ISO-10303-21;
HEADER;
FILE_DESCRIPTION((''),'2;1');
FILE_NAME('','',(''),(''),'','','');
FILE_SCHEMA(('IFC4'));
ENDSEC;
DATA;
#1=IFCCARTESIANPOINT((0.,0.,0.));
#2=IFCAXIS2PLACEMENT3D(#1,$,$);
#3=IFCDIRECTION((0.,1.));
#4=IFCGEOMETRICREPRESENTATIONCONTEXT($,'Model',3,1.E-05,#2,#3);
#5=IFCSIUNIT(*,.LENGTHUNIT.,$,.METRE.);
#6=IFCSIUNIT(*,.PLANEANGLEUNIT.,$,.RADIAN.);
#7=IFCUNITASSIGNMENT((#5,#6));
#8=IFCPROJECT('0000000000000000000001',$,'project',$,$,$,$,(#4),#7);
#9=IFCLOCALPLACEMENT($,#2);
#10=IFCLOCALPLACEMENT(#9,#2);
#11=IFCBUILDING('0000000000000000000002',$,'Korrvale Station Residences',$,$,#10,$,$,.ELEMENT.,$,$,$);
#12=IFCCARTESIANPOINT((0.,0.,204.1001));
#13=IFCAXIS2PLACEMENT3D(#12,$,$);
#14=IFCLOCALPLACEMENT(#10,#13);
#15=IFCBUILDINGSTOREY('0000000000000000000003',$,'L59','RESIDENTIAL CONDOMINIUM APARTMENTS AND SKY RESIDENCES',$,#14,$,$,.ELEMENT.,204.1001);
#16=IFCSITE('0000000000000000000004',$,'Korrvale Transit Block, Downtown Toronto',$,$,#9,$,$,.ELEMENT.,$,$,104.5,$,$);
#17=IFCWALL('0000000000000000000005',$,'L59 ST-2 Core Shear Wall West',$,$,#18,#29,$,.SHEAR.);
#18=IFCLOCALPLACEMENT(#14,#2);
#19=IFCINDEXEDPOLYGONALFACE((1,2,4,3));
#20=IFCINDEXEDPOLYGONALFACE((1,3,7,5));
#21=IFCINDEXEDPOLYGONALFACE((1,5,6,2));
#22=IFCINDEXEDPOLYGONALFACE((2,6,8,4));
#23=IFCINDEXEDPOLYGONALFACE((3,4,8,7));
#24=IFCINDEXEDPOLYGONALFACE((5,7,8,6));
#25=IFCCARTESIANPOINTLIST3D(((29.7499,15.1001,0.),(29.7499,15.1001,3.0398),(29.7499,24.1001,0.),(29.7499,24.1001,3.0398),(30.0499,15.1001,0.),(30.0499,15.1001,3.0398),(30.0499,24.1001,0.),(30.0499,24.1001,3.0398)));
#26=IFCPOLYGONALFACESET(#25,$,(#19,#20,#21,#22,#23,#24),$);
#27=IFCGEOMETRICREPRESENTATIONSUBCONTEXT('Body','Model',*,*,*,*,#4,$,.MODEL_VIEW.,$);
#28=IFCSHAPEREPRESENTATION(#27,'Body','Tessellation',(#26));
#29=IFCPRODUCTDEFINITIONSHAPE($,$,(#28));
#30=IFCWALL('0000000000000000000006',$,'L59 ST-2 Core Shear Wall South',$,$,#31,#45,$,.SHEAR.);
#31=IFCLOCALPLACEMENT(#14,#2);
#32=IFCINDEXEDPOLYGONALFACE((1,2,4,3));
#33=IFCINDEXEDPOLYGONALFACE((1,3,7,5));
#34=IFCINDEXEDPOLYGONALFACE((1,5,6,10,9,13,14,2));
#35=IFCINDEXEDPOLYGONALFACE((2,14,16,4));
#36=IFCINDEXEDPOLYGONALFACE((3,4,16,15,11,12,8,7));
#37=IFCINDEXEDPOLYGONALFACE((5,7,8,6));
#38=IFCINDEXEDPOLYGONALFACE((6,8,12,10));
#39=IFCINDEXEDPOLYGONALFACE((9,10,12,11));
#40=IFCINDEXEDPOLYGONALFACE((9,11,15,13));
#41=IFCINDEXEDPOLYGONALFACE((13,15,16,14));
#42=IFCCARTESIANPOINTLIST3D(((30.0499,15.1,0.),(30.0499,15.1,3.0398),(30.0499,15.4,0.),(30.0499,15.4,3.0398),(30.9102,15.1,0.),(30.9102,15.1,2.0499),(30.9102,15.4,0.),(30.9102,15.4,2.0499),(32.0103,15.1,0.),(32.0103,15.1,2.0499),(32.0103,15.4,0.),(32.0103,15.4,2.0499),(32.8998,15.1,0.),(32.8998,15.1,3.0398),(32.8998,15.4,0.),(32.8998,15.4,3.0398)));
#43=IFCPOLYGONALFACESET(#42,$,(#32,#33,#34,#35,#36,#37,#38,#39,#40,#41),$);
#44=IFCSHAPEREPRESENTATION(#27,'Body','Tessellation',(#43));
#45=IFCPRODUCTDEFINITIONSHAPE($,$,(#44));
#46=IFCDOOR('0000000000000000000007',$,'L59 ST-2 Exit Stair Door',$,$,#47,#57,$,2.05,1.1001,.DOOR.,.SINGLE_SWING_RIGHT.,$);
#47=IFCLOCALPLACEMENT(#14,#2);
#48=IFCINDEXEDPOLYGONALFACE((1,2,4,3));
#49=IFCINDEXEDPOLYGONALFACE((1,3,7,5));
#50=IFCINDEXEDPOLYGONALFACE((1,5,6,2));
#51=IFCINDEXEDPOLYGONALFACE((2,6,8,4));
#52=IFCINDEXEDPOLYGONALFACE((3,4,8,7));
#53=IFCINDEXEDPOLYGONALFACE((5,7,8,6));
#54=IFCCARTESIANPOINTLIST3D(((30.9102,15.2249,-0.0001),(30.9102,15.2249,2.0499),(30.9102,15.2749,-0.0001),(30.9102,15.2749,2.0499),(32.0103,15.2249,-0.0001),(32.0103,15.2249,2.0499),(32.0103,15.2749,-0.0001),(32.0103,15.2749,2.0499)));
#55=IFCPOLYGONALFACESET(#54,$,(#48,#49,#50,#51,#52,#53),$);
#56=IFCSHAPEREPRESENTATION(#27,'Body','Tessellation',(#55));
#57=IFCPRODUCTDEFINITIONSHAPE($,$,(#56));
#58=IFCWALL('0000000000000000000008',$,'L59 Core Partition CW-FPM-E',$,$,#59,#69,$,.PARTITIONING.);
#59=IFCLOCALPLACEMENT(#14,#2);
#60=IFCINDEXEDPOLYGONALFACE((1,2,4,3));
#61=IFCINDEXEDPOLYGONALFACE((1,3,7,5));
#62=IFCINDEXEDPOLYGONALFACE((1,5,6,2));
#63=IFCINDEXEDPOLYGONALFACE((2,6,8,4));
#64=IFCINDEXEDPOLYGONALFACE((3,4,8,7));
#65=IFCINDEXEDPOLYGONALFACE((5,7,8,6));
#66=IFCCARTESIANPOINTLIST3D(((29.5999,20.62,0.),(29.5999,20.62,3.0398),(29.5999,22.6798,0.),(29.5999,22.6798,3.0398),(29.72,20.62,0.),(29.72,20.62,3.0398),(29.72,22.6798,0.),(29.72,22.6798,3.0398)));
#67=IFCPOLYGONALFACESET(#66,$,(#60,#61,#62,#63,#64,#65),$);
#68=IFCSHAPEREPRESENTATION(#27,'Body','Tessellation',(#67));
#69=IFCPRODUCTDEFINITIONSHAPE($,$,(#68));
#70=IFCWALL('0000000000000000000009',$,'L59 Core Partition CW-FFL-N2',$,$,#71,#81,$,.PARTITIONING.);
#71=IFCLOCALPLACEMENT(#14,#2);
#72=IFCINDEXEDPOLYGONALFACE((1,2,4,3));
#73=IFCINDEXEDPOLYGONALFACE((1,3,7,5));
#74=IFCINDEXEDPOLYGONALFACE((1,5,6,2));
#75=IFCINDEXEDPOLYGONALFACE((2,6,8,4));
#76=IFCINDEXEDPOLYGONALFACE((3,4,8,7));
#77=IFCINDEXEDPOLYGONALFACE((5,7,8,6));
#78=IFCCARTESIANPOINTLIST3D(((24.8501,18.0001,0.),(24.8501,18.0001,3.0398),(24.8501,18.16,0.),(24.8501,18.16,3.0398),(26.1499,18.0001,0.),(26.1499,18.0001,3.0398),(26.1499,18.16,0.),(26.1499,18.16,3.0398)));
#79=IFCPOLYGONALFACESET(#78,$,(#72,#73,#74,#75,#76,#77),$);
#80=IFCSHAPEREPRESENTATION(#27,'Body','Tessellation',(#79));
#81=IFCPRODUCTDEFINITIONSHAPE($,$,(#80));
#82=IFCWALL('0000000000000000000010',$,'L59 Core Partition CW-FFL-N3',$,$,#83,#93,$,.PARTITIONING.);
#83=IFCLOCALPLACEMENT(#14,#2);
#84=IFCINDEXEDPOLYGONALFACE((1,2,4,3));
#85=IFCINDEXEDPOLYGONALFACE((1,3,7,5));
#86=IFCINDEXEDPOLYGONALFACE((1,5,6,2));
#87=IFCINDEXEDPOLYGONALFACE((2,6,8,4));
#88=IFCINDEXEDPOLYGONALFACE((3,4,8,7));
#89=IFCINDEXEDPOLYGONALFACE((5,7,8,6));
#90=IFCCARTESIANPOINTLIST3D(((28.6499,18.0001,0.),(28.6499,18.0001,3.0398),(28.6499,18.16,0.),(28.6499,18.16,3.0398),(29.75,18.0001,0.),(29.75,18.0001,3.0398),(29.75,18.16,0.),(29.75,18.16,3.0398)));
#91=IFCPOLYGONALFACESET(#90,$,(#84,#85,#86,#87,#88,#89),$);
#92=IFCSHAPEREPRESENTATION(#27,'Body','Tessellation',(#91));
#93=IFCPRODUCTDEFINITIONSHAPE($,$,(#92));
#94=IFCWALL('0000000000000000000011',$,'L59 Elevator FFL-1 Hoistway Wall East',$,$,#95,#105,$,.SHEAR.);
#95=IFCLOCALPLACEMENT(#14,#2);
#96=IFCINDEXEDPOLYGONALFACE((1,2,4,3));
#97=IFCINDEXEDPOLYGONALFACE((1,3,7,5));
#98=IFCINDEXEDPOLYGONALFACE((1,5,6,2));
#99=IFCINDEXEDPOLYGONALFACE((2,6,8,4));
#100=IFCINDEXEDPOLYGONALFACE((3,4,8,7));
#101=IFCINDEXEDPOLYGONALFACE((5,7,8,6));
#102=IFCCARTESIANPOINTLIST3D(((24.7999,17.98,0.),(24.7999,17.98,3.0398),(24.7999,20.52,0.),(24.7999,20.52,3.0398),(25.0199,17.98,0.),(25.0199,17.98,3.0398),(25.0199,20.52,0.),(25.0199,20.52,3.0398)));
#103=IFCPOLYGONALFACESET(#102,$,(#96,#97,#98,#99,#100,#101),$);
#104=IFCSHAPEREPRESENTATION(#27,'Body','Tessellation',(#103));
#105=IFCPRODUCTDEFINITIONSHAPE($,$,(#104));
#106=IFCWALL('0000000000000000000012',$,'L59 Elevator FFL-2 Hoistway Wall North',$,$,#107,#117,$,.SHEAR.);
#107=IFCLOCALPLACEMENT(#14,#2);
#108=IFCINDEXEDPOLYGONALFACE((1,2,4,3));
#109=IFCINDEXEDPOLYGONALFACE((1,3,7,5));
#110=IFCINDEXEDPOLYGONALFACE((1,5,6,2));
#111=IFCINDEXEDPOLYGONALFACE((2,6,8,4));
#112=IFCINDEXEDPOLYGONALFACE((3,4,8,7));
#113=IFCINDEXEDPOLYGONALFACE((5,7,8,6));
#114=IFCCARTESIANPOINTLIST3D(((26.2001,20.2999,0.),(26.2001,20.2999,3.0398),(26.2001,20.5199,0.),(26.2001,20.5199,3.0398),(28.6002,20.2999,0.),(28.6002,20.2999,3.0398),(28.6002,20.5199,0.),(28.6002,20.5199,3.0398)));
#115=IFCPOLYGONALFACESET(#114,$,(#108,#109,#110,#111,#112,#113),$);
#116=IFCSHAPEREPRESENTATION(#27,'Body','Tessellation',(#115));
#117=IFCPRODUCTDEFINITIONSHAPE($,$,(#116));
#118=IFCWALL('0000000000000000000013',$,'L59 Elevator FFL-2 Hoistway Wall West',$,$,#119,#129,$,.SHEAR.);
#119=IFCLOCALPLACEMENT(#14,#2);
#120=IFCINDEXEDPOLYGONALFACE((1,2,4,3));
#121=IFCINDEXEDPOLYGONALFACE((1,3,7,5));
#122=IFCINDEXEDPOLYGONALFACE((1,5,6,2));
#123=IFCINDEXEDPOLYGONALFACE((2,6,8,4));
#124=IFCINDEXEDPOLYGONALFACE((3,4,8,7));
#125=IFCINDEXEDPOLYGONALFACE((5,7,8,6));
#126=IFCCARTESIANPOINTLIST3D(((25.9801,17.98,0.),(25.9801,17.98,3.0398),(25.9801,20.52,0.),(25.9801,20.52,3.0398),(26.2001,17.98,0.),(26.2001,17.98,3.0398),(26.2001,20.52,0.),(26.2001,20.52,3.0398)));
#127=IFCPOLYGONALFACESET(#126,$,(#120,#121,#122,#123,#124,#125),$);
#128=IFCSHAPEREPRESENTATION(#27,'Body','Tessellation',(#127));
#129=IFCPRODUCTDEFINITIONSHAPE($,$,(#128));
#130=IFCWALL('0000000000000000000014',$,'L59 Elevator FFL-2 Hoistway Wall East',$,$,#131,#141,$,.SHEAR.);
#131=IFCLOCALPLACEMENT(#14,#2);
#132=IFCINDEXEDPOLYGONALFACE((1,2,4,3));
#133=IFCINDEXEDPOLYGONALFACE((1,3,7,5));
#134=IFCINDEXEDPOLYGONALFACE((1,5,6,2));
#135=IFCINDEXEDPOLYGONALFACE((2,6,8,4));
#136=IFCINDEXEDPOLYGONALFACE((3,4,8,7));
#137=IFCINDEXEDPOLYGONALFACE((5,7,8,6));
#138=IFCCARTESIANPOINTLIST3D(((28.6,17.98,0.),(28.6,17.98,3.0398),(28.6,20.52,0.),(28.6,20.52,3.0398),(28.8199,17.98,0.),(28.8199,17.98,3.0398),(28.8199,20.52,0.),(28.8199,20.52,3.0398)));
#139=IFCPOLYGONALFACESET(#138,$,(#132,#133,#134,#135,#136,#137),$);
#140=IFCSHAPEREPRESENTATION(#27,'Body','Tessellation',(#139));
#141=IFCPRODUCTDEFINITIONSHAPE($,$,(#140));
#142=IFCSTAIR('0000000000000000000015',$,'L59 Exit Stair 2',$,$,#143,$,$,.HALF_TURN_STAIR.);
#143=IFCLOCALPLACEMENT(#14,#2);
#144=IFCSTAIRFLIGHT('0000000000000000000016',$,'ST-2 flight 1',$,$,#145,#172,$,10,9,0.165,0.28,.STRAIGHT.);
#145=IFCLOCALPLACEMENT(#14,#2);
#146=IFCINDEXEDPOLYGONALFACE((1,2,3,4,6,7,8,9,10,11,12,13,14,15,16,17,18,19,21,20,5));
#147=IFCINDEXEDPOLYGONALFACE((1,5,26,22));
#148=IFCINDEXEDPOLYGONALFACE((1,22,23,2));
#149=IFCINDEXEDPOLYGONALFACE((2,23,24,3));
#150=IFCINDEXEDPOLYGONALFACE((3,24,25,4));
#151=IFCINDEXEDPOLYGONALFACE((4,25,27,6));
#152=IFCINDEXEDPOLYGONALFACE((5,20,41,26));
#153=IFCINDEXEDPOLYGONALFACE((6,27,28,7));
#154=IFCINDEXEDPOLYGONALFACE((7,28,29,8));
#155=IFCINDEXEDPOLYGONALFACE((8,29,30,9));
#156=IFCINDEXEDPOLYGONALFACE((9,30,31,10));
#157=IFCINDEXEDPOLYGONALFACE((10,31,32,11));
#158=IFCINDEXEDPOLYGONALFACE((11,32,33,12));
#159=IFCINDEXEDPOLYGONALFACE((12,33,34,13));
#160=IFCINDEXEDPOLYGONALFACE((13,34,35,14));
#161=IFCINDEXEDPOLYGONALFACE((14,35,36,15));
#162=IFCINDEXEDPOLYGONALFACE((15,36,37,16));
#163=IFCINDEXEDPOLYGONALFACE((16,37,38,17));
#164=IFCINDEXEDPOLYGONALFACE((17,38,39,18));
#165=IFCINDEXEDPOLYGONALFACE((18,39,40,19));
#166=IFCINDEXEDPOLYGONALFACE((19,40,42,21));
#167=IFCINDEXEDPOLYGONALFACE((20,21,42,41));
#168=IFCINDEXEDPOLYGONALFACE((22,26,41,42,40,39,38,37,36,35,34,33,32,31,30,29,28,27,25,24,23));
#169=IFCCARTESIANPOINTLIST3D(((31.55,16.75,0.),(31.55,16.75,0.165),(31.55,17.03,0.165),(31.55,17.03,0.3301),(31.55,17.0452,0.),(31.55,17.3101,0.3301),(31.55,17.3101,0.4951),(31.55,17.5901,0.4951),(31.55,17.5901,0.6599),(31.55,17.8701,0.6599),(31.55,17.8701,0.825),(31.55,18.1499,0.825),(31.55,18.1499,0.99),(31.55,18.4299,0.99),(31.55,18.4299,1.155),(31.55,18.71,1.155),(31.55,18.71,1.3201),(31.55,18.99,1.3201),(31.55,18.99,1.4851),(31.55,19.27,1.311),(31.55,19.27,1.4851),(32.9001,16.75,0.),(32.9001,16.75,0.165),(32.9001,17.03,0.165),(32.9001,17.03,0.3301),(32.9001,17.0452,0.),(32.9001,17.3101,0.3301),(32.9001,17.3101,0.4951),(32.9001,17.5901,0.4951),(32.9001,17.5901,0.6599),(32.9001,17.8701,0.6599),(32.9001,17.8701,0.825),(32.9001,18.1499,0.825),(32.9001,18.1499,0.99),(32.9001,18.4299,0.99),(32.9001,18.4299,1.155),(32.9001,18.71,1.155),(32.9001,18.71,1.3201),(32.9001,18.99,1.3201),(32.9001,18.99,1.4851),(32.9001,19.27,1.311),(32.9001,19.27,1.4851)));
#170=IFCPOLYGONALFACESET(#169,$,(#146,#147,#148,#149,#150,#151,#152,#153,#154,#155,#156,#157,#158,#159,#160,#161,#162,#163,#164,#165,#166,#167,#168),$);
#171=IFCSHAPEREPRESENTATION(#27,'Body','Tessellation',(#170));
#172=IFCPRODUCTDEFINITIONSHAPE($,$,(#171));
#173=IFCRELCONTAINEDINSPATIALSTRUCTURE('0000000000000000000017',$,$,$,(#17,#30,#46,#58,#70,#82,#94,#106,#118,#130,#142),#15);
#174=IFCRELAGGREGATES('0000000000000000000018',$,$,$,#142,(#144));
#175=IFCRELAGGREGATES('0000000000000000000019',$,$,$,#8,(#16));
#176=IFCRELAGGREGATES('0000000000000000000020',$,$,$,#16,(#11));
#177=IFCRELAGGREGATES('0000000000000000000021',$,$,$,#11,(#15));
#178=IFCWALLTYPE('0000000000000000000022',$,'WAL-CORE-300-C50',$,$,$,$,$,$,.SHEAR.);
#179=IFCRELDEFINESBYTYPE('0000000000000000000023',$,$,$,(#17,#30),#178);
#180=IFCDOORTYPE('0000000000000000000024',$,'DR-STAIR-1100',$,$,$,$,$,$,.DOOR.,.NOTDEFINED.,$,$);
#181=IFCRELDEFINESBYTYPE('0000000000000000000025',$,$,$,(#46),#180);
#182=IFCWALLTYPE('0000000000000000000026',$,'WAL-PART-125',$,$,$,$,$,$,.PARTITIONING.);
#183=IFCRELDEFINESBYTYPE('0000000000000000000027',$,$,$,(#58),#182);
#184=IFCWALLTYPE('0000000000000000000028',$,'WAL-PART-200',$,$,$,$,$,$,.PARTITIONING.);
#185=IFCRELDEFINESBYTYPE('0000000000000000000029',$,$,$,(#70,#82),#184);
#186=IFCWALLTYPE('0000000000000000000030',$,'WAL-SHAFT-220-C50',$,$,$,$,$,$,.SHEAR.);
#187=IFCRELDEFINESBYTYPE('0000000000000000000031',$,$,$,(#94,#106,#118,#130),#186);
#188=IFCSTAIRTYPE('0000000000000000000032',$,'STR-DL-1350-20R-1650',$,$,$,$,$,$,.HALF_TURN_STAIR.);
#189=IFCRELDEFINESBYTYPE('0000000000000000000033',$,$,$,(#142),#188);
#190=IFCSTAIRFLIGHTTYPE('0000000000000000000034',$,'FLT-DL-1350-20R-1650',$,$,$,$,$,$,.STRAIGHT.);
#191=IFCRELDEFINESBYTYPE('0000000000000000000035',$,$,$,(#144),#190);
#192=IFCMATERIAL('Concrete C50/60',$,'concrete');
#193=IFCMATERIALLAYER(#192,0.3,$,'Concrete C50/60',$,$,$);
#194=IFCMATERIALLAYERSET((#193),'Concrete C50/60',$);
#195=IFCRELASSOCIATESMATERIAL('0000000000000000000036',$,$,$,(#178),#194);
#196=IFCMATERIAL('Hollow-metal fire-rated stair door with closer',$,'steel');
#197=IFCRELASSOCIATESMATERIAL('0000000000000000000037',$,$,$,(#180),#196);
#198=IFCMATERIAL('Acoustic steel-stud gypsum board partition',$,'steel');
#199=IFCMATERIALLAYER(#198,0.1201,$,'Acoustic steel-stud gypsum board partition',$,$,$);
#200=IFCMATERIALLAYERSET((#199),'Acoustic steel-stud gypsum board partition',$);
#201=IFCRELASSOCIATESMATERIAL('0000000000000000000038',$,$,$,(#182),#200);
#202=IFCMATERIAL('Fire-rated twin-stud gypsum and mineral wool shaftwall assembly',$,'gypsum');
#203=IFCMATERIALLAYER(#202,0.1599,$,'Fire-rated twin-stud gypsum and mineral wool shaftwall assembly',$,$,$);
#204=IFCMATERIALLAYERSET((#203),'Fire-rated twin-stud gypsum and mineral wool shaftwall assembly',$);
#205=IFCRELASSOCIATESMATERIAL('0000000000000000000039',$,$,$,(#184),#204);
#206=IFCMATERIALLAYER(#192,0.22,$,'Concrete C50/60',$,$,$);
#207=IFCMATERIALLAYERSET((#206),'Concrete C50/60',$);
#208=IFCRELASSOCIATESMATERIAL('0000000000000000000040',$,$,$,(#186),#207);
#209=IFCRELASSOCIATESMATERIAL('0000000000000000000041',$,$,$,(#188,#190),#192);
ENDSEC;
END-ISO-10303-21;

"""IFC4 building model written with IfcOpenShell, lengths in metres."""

from ifc_helpers import new_model, si_unit, direction, frame, frame_2d, origin, place, context, subcontext, project, spatial, polyline, rectangle, outline, extrude, material, layer, layer_set, type_object, element, fill, aggregate, save


model = new_model("IFC4")

# Units and contexts
model_context = context("Model", 3, precision=1e-05, world=origin(), true_north=direction((0.0, 1.0)))
body_context = subcontext(model_context, "Body", "Model", "MODEL_VIEW")
ifc_project = project(units=[si_unit("LENGTHUNIT", "METRE"), si_unit("PLANEANGLEUNIT", "RADIAN")], contexts=[model_context])

# Site, building, storey
site_placement = place(None, origin())
site = spatial("IfcSite", under=ifc_project, at=site_placement, Name="Korrvale Transit Block, Downtown Toronto", CompositionType="ELEMENT", RefElevation=104.5)
building_placement = place(site_placement, origin())
building = spatial("IfcBuilding", under=site, at=building_placement, Name="Korrvale Station Residences", CompositionType="ELEMENT")
storey_placement = place(building_placement, frame((0.0, 0.0, 204.1001)))
storey = spatial("IfcBuildingStorey", under=building, at=storey_placement, Name="L59", Description="RESIDENTIAL CONDOMINIUM APARTMENTS AND SKY RESIDENCES", CompositionType="ELEMENT", Elevation=204.1001)

# Wall
ifc_material_1 = material(Name="Concrete C50/60", Category="concrete")
ifc_layer_1 = layer(ifc_material_1, 0.3, Name="Concrete C50/60")
ifc_layer_set_1 = layer_set([ifc_layer_1], Name="Concrete C50/60")
wall_type_1 = type_object("IfcWallType", Name="WAL-CORE-300-C50", PredefinedType="SHEAR", material=ifc_layer_set_1)
wall_1_placement = place(storey_placement, frame((29.8999, 15.1001, 0.0), z_axis=(0.0, 0.0, 1.0), x_axis=(0.0, 1.0, 0.0)))
element("IfcWall", 1, at=wall_1_placement, inside=storey, type_object=wall_type_1, Name="L59 ST-2 Core Shear Wall West", PredefinedType="SHEAR", context=body_context, shape_type="SweptSolid", body=[
    extrude(rectangle(XDim=9.0, YDim=0.3, at=frame_2d((4.5, 0.0))), origin(), (0.0, 0.0, 1.0), 3.0398),
])

# Wall, opening, door
wall_2_placement = place(storey_placement, frame((30.05, 15.25, 0.0), z_axis=(0.0, 0.0, 1.0), x_axis=(1.0, 0.0, 0.0)))
wall_2 = element("IfcWall", 2, at=wall_2_placement, inside=storey, type_object=wall_type_1, Name="L59 ST-2 Core Shear Wall South", PredefinedType="SHEAR", context=body_context, shape_type="SweptSolid", body=[
    extrude(rectangle(XDim=2.8499, YDim=0.3, at=frame_2d((1.4248, 0.0))), origin(), (0.0, 0.0, 1.0), 3.0398),
])
opening_1_placement = place(wall_2_placement, frame((0.8601, 0.0, 0.0)))
opening_1 = element("IfcOpeningElement", 3, at=opening_1_placement, cuts=wall_2, PredefinedType="OPENING", context=body_context, shape_type="SweptSolid", body=[
    extrude(rectangle(XDim=1.1001, YDim=2.05, at=frame_2d((0.55, 1.0249))), frame((0.0, 0.1602, 0.0), z_axis=(0.0, -1.0, 0.0), x_axis=(1.0, 0.0, 0.0)), (0.0, 0.0, 1.0), 0.3201),
])
ifc_material_2 = material(Name="Hollow-metal fire-rated stair door with closer", Category="steel")
door_type_1 = type_object("IfcDoorType", Name="DR-STAIR-1100", OperationType="NOTDEFINED", PredefinedType="DOOR", material=ifc_material_2)
door_1_placement = place(opening_1_placement, origin())
door_1 = element("IfcDoor", 4, at=door_1_placement, inside=storey, type_object=door_type_1, Name="L59 ST-2 Exit Stair Door", OperationType="SINGLE_SWING_RIGHT", OverallHeight=2.05, OverallWidth=1.1001, PredefinedType="DOOR", context=body_context, shape_type="SweptSolid", body=[
    extrude(rectangle(XDim=1.1001, YDim=2.05, at=frame_2d((0.55, 1.0249))), frame((0.0, 0.0249, 0.0), z_axis=(0.0, -1.0, 0.0), x_axis=(1.0, 0.0, 0.0)), (0.0, 0.0, 1.0), 0.05),
])
fill(opening_1, door_1)

# Walls
ifc_material_3 = material(Name="Acoustic steel-stud gypsum board partition", Category="steel")
ifc_layer_2 = layer(ifc_material_3, 0.1201, Name="Acoustic steel-stud gypsum board partition")
ifc_layer_set_2 = layer_set([ifc_layer_2], Name="Acoustic steel-stud gypsum board partition")
wall_type_2 = type_object("IfcWallType", Name="WAL-PART-125", PredefinedType="PARTITIONING", material=ifc_layer_set_2)
wall_3_placement = place(storey_placement, frame((29.6599, 20.6201, 0.0), z_axis=(0.0, 0.0, 1.0), x_axis=(0.0, 1.0, 0.0)))
element("IfcWall", 5, at=wall_3_placement, inside=storey, type_object=wall_type_2, Name="L59 Core Partition CW-FPM-E", PredefinedType="PARTITIONING", context=body_context, shape_type="SweptSolid", body=[
    extrude(rectangle(XDim=2.0598, YDim=0.1201, at=frame_2d((1.0298, 0.0))), origin(), (0.0, 0.0, 1.0), 3.0398),
])
ifc_material_4 = material(Name="Fire-rated twin-stud gypsum and mineral wool shaftwall assembly", Category="gypsum")
ifc_layer_3 = layer(ifc_material_4, 0.1599, Name="Fire-rated twin-stud gypsum and mineral wool shaftwall assembly")
ifc_layer_set_3 = layer_set([ifc_layer_3], Name="Fire-rated twin-stud gypsum and mineral wool shaftwall assembly")
wall_type_3 = type_object("IfcWallType", Name="WAL-PART-200", PredefinedType="PARTITIONING", material=ifc_layer_set_3)
wall_4_placement = place(storey_placement, frame((24.8501, 18.0801, 0.0), z_axis=(0.0, 0.0, 1.0), x_axis=(1.0, 0.0, 0.0)))
element("IfcWall", 6, at=wall_4_placement, inside=storey, type_object=wall_type_3, Name="L59 Core Partition CW-FFL-N2", PredefinedType="PARTITIONING", context=body_context, shape_type="SweptSolid", body=[
    extrude(rectangle(XDim=1.2998, YDim=0.1599, at=frame_2d((0.6499, 0.0))), origin(), (0.0, 0.0, 1.0), 3.0398),
])
wall_5_placement = place(storey_placement, frame((28.6499, 18.0801, 0.0), z_axis=(0.0, 0.0, 1.0), x_axis=(1.0, 0.0, 0.0)))
element("IfcWall", 7, at=wall_5_placement, inside=storey, type_object=wall_type_3, Name="L59 Core Partition CW-FFL-N3", PredefinedType="PARTITIONING", context=body_context, shape_type="SweptSolid", body=[
    extrude(rectangle(XDim=1.1001, YDim=0.1599, at=frame_2d((0.55, 0.0))), origin(), (0.0, 0.0, 1.0), 3.0398),
])
ifc_layer_4 = layer(ifc_material_1, 0.22, Name="Concrete C50/60")
ifc_layer_set_4 = layer_set([ifc_layer_4], Name="Concrete C50/60")
wall_type_4 = type_object("IfcWallType", Name="WAL-SHAFT-220-C50", PredefinedType="SHEAR", material=ifc_layer_set_4)
wall_6_placement = place(storey_placement, frame((24.9099, 17.98, 0.0), z_axis=(0.0, 0.0, 1.0), x_axis=(0.0, 1.0, 0.0)))
element("IfcWall", 8, at=wall_6_placement, inside=storey, type_object=wall_type_4, Name="L59 Elevator FFL-1 Hoistway Wall East", PredefinedType="SHEAR", context=body_context, shape_type="SweptSolid", body=[
    extrude(rectangle(XDim=2.54, YDim=0.22, at=frame_2d((1.27, 0.0))), origin(), (0.0, 0.0, 1.0), 3.0398),
])

# Walls
wall_7_placement = place(storey_placement, frame((26.2, 20.4099, 0.0), z_axis=(0.0, 0.0, 1.0), x_axis=(1.0, 0.0, 0.0)))
element("IfcWall", 9, at=wall_7_placement, inside=storey, type_object=wall_type_4, Name="L59 Elevator FFL-2 Hoistway Wall North", PredefinedType="SHEAR", context=body_context, shape_type="SweptSolid", body=[
    extrude(rectangle(XDim=2.4001, YDim=0.22, at=frame_2d((1.2002, 0.0))), origin(), (0.0, 0.0, 1.0), 3.0398),
])
for number, where, z_axis, x_axis, name in (
    (10, (26.0901, 17.98, 0.0), (0.0, 0.0, 1.0), (0.0, 1.0, 0.0), "L59 Elevator FFL-2 Hoistway Wall West"),
    (11, (28.71, 17.98, 0.0), (0.0, 0.0, 1.0), (0.0, 1.0, 0.0), "L59 Elevator FFL-2 Hoistway Wall East"),
):
    element("IfcWall", number, at=place(storey_placement, frame(where, z_axis=z_axis, x_axis=x_axis)), inside=storey, type_object=wall_type_4, Name=name, PredefinedType="SHEAR", context=body_context, shape_type="SweptSolid", body=[
        extrude(rectangle(XDim=2.54, YDim=0.22, at=frame_2d((1.27, 0.0))), origin(), (0.0, 0.0, 1.0), 3.0398),
    ])

# Stair, stair flight
stair_type = type_object("IfcStairType", Name="STR-DL-1350-20R-1650", PredefinedType="HALF_TURN_STAIR", material=ifc_material_1)
stair_placement = place(storey_placement, origin())
stair = element("IfcStair", 12, at=stair_placement, inside=storey, type_object=stair_type, Name="L59 Exit Stair 2", PredefinedType="HALF_TURN_STAIR")
stair_flight_type = type_object("IfcStairFlightType", Name="FLT-DL-1350-20R-1650", PredefinedType="STRAIGHT", material=ifc_material_1)
stair_flight_1_placement = place(storey_placement, frame((32.2251, 16.75, 0.0), z_axis=(0.0, 0.0, 1.0), x_axis=(0.0, 1.0, 0.0)))
stair_flight_1 = element("IfcStairFlight", 13, at=stair_flight_1_placement, type_object=stair_flight_type, Name="ST-2 flight 1", NumberOfRisers=10, NumberOfTreads=9, PredefinedType="STRAIGHT", RiserHeight=0.165, TreadLength=0.28, context=body_context, shape_type="SweptSolid", body=[
    extrude(outline(polyline([(0.0, 0.0), (0.0, 0.165), (0.28, 0.165), (0.28, 0.3301), (0.5601, 0.3301), (0.5601, 0.4951), (0.8401, 0.4951), (0.8401, 0.6599), (1.1201, 0.6599), (1.1201, 0.825), (1.3999, 0.825), (1.3999, 0.99), (1.6799, 0.99), (1.6799, 1.155), (1.96, 1.155), (1.96, 1.3201), (2.24, 1.3201), (2.24, 1.4851), (2.52, 1.4851), (2.52, 1.6499), (2.52, 1.311), (0.2952, 0.0), (0.0, 0.0)])), frame((0.0, 0.675, 0.0), z_axis=(0.0, -1.0, 0.0), x_axis=(1.0, 0.0, 0.0)), (0.0, 0.0, 1.0), 1.3501),
])
aggregate(stair, [stair_flight_1])

save(model, "model.ifc")
